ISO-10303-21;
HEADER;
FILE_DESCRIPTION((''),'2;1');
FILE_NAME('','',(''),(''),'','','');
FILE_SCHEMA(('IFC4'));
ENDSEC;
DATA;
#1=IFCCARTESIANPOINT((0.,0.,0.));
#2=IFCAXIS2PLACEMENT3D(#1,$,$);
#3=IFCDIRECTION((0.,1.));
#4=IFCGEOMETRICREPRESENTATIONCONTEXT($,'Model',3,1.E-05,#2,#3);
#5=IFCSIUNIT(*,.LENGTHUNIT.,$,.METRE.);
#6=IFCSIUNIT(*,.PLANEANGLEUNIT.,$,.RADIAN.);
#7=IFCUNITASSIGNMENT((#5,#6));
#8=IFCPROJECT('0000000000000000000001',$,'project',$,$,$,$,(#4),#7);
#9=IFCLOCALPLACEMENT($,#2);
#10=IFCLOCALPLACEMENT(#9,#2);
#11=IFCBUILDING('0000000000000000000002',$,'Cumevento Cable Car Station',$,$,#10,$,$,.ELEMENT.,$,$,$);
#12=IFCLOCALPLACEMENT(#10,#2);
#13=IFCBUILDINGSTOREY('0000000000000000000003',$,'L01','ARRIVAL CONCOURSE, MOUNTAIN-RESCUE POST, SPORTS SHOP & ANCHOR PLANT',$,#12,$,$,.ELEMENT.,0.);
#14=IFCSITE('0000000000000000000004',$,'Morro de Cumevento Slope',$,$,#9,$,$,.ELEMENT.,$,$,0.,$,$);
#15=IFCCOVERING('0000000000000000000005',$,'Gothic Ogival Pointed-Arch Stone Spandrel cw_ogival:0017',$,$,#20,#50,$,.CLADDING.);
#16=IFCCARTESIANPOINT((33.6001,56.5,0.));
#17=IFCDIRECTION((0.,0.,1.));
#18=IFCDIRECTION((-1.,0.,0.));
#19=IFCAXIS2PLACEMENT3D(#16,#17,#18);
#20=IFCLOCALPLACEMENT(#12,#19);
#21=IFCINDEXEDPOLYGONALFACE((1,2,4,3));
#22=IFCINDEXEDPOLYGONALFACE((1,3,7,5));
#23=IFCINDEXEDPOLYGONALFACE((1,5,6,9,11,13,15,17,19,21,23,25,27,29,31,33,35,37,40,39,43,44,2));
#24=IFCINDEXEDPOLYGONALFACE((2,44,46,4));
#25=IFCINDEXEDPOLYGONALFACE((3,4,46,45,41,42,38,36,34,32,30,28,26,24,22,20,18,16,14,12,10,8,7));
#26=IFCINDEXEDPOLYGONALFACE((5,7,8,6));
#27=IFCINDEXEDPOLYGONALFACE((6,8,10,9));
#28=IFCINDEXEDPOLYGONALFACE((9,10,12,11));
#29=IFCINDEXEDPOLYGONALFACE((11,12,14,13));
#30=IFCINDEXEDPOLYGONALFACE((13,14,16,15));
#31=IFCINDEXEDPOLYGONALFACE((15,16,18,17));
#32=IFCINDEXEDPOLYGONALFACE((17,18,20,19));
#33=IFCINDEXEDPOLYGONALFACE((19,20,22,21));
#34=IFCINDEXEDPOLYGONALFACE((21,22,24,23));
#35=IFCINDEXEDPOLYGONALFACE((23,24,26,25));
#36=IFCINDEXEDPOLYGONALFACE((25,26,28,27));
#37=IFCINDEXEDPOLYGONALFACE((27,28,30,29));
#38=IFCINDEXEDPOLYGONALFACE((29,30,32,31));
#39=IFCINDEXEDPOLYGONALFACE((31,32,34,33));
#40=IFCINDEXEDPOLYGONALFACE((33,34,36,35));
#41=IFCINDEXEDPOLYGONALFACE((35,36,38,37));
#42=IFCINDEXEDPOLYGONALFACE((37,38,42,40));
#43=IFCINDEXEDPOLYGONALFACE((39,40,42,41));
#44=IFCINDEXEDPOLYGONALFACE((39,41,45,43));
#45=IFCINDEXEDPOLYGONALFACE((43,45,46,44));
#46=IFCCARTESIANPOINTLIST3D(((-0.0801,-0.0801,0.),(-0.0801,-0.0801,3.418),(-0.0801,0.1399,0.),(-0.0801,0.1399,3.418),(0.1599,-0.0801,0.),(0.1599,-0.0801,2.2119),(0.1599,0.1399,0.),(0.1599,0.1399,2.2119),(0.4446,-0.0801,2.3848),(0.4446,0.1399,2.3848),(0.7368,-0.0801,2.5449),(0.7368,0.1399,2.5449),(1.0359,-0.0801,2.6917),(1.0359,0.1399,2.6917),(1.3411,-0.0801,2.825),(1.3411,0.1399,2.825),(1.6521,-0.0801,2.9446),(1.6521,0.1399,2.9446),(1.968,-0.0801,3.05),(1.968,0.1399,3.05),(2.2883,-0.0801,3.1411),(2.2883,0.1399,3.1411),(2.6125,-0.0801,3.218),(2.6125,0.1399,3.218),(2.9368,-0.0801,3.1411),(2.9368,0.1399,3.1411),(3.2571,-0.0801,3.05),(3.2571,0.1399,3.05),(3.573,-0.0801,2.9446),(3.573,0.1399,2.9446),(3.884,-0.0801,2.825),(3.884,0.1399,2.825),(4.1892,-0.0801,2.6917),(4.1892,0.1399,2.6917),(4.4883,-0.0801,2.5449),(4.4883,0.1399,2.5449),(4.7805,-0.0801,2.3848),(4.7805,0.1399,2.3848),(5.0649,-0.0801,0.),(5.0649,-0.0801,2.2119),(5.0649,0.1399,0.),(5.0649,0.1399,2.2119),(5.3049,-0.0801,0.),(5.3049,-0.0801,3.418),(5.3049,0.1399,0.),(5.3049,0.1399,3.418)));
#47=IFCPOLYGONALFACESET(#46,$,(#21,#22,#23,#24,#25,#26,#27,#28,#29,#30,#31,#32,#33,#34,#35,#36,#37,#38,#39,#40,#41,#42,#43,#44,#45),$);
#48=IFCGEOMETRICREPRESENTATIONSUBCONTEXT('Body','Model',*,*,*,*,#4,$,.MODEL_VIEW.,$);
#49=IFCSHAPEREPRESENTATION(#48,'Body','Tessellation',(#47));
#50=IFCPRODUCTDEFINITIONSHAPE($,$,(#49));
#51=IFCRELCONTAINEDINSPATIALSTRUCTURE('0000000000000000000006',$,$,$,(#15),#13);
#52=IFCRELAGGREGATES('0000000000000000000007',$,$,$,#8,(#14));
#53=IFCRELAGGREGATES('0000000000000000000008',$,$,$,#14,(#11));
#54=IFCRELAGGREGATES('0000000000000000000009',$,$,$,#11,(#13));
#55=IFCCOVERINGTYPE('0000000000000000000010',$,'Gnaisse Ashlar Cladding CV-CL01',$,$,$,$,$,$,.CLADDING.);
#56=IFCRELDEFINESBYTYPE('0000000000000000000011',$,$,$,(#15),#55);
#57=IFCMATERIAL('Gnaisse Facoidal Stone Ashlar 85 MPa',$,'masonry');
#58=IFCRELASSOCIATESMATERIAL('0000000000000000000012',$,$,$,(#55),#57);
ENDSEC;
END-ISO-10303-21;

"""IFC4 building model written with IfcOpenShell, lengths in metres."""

from ifc_helpers import new_model, si_unit, direction, frame, origin, place, context, subcontext, project, spatial, polyline, outline, extrude, material, type_object, element, save


model = new_model("IFC4")

# Units and contexts
model_context = context("Model", 3, precision=1e-05, world=origin(), true_north=direction((0.0, 1.0)))
body_context = subcontext(model_context, "Body", "Model", "MODEL_VIEW")
ifc_project = project(units=[si_unit("LENGTHUNIT", "METRE"), si_unit("PLANEANGLEUNIT", "RADIAN")], contexts=[model_context])

# Site, building, storey
site_placement = place(None, origin())
site = spatial("IfcSite", under=ifc_project, at=site_placement, Name="Morro de Cumevento Slope", CompositionType="ELEMENT", RefElevation=0.0)
building_placement = place(site_placement, origin())
building = spatial("IfcBuilding", under=site, at=building_placement, Name="Cumevento Cable Car Station", CompositionType="ELEMENT")
storey_placement = place(building_placement, origin())
storey = spatial("IfcBuildingStorey", under=building, at=storey_placement, Name="L01", Description="ARRIVAL CONCOURSE, MOUNTAIN-RESCUE POST, SPORTS SHOP & ANCHOR PLANT", CompositionType="ELEMENT", Elevation=0.0)

# Covering
ifc_material_1 = material(Name="Gnaisse Facoidal Stone Ashlar 85 MPa", Category="masonry")
covering_type = type_object("IfcCoveringType", Name="Gnaisse Ashlar Cladding CV-CL01", PredefinedType="CLADDING", material=ifc_material_1)
covering_placement = place(storey_placement, frame((33.6001, 56.5, 0.0), z_axis=(0.0, 0.0, 1.0), x_axis=(-1.0, 0.0, 0.0)))
element("IfcCovering", 1, at=covering_placement, inside=storey, type_object=covering_type, Name="Gothic Ogival Pointed-Arch Stone Spandrel cw_ogival:0017", PredefinedType="CLADDING", context=body_context, shape_type="SweptSolid", body=[
    extrude(outline(polyline([(-0.0801, 0.0), (-0.0801, 3.418), (5.3049, 3.418), (5.3049, 0.0), (5.0649, 0.0), (5.0649, 2.2119), (4.7805, 2.3848), (4.4883, 2.5449), (4.1892, 2.6917), (3.884, 2.825), (3.573, 2.9446), (3.2571, 3.05), (2.9368, 3.1411), (2.6125, 3.218), (2.2883, 3.1411), (1.968, 3.05), (1.6521, 2.9446), (1.3411, 2.825), (1.0359, 2.6917), (0.7368, 2.5449), (0.4446, 2.3848), (0.1599, 2.2119), (0.1599, 0.0), (-0.0801, 0.0)])), frame((0.0, 0.1399, 0.0), z_axis=(0.0, -1.0, 0.0), x_axis=(1.0, 0.0, 0.0)), (0.0, 0.0, 1.0), 0.22),
])

save(model, "model.ifc")
